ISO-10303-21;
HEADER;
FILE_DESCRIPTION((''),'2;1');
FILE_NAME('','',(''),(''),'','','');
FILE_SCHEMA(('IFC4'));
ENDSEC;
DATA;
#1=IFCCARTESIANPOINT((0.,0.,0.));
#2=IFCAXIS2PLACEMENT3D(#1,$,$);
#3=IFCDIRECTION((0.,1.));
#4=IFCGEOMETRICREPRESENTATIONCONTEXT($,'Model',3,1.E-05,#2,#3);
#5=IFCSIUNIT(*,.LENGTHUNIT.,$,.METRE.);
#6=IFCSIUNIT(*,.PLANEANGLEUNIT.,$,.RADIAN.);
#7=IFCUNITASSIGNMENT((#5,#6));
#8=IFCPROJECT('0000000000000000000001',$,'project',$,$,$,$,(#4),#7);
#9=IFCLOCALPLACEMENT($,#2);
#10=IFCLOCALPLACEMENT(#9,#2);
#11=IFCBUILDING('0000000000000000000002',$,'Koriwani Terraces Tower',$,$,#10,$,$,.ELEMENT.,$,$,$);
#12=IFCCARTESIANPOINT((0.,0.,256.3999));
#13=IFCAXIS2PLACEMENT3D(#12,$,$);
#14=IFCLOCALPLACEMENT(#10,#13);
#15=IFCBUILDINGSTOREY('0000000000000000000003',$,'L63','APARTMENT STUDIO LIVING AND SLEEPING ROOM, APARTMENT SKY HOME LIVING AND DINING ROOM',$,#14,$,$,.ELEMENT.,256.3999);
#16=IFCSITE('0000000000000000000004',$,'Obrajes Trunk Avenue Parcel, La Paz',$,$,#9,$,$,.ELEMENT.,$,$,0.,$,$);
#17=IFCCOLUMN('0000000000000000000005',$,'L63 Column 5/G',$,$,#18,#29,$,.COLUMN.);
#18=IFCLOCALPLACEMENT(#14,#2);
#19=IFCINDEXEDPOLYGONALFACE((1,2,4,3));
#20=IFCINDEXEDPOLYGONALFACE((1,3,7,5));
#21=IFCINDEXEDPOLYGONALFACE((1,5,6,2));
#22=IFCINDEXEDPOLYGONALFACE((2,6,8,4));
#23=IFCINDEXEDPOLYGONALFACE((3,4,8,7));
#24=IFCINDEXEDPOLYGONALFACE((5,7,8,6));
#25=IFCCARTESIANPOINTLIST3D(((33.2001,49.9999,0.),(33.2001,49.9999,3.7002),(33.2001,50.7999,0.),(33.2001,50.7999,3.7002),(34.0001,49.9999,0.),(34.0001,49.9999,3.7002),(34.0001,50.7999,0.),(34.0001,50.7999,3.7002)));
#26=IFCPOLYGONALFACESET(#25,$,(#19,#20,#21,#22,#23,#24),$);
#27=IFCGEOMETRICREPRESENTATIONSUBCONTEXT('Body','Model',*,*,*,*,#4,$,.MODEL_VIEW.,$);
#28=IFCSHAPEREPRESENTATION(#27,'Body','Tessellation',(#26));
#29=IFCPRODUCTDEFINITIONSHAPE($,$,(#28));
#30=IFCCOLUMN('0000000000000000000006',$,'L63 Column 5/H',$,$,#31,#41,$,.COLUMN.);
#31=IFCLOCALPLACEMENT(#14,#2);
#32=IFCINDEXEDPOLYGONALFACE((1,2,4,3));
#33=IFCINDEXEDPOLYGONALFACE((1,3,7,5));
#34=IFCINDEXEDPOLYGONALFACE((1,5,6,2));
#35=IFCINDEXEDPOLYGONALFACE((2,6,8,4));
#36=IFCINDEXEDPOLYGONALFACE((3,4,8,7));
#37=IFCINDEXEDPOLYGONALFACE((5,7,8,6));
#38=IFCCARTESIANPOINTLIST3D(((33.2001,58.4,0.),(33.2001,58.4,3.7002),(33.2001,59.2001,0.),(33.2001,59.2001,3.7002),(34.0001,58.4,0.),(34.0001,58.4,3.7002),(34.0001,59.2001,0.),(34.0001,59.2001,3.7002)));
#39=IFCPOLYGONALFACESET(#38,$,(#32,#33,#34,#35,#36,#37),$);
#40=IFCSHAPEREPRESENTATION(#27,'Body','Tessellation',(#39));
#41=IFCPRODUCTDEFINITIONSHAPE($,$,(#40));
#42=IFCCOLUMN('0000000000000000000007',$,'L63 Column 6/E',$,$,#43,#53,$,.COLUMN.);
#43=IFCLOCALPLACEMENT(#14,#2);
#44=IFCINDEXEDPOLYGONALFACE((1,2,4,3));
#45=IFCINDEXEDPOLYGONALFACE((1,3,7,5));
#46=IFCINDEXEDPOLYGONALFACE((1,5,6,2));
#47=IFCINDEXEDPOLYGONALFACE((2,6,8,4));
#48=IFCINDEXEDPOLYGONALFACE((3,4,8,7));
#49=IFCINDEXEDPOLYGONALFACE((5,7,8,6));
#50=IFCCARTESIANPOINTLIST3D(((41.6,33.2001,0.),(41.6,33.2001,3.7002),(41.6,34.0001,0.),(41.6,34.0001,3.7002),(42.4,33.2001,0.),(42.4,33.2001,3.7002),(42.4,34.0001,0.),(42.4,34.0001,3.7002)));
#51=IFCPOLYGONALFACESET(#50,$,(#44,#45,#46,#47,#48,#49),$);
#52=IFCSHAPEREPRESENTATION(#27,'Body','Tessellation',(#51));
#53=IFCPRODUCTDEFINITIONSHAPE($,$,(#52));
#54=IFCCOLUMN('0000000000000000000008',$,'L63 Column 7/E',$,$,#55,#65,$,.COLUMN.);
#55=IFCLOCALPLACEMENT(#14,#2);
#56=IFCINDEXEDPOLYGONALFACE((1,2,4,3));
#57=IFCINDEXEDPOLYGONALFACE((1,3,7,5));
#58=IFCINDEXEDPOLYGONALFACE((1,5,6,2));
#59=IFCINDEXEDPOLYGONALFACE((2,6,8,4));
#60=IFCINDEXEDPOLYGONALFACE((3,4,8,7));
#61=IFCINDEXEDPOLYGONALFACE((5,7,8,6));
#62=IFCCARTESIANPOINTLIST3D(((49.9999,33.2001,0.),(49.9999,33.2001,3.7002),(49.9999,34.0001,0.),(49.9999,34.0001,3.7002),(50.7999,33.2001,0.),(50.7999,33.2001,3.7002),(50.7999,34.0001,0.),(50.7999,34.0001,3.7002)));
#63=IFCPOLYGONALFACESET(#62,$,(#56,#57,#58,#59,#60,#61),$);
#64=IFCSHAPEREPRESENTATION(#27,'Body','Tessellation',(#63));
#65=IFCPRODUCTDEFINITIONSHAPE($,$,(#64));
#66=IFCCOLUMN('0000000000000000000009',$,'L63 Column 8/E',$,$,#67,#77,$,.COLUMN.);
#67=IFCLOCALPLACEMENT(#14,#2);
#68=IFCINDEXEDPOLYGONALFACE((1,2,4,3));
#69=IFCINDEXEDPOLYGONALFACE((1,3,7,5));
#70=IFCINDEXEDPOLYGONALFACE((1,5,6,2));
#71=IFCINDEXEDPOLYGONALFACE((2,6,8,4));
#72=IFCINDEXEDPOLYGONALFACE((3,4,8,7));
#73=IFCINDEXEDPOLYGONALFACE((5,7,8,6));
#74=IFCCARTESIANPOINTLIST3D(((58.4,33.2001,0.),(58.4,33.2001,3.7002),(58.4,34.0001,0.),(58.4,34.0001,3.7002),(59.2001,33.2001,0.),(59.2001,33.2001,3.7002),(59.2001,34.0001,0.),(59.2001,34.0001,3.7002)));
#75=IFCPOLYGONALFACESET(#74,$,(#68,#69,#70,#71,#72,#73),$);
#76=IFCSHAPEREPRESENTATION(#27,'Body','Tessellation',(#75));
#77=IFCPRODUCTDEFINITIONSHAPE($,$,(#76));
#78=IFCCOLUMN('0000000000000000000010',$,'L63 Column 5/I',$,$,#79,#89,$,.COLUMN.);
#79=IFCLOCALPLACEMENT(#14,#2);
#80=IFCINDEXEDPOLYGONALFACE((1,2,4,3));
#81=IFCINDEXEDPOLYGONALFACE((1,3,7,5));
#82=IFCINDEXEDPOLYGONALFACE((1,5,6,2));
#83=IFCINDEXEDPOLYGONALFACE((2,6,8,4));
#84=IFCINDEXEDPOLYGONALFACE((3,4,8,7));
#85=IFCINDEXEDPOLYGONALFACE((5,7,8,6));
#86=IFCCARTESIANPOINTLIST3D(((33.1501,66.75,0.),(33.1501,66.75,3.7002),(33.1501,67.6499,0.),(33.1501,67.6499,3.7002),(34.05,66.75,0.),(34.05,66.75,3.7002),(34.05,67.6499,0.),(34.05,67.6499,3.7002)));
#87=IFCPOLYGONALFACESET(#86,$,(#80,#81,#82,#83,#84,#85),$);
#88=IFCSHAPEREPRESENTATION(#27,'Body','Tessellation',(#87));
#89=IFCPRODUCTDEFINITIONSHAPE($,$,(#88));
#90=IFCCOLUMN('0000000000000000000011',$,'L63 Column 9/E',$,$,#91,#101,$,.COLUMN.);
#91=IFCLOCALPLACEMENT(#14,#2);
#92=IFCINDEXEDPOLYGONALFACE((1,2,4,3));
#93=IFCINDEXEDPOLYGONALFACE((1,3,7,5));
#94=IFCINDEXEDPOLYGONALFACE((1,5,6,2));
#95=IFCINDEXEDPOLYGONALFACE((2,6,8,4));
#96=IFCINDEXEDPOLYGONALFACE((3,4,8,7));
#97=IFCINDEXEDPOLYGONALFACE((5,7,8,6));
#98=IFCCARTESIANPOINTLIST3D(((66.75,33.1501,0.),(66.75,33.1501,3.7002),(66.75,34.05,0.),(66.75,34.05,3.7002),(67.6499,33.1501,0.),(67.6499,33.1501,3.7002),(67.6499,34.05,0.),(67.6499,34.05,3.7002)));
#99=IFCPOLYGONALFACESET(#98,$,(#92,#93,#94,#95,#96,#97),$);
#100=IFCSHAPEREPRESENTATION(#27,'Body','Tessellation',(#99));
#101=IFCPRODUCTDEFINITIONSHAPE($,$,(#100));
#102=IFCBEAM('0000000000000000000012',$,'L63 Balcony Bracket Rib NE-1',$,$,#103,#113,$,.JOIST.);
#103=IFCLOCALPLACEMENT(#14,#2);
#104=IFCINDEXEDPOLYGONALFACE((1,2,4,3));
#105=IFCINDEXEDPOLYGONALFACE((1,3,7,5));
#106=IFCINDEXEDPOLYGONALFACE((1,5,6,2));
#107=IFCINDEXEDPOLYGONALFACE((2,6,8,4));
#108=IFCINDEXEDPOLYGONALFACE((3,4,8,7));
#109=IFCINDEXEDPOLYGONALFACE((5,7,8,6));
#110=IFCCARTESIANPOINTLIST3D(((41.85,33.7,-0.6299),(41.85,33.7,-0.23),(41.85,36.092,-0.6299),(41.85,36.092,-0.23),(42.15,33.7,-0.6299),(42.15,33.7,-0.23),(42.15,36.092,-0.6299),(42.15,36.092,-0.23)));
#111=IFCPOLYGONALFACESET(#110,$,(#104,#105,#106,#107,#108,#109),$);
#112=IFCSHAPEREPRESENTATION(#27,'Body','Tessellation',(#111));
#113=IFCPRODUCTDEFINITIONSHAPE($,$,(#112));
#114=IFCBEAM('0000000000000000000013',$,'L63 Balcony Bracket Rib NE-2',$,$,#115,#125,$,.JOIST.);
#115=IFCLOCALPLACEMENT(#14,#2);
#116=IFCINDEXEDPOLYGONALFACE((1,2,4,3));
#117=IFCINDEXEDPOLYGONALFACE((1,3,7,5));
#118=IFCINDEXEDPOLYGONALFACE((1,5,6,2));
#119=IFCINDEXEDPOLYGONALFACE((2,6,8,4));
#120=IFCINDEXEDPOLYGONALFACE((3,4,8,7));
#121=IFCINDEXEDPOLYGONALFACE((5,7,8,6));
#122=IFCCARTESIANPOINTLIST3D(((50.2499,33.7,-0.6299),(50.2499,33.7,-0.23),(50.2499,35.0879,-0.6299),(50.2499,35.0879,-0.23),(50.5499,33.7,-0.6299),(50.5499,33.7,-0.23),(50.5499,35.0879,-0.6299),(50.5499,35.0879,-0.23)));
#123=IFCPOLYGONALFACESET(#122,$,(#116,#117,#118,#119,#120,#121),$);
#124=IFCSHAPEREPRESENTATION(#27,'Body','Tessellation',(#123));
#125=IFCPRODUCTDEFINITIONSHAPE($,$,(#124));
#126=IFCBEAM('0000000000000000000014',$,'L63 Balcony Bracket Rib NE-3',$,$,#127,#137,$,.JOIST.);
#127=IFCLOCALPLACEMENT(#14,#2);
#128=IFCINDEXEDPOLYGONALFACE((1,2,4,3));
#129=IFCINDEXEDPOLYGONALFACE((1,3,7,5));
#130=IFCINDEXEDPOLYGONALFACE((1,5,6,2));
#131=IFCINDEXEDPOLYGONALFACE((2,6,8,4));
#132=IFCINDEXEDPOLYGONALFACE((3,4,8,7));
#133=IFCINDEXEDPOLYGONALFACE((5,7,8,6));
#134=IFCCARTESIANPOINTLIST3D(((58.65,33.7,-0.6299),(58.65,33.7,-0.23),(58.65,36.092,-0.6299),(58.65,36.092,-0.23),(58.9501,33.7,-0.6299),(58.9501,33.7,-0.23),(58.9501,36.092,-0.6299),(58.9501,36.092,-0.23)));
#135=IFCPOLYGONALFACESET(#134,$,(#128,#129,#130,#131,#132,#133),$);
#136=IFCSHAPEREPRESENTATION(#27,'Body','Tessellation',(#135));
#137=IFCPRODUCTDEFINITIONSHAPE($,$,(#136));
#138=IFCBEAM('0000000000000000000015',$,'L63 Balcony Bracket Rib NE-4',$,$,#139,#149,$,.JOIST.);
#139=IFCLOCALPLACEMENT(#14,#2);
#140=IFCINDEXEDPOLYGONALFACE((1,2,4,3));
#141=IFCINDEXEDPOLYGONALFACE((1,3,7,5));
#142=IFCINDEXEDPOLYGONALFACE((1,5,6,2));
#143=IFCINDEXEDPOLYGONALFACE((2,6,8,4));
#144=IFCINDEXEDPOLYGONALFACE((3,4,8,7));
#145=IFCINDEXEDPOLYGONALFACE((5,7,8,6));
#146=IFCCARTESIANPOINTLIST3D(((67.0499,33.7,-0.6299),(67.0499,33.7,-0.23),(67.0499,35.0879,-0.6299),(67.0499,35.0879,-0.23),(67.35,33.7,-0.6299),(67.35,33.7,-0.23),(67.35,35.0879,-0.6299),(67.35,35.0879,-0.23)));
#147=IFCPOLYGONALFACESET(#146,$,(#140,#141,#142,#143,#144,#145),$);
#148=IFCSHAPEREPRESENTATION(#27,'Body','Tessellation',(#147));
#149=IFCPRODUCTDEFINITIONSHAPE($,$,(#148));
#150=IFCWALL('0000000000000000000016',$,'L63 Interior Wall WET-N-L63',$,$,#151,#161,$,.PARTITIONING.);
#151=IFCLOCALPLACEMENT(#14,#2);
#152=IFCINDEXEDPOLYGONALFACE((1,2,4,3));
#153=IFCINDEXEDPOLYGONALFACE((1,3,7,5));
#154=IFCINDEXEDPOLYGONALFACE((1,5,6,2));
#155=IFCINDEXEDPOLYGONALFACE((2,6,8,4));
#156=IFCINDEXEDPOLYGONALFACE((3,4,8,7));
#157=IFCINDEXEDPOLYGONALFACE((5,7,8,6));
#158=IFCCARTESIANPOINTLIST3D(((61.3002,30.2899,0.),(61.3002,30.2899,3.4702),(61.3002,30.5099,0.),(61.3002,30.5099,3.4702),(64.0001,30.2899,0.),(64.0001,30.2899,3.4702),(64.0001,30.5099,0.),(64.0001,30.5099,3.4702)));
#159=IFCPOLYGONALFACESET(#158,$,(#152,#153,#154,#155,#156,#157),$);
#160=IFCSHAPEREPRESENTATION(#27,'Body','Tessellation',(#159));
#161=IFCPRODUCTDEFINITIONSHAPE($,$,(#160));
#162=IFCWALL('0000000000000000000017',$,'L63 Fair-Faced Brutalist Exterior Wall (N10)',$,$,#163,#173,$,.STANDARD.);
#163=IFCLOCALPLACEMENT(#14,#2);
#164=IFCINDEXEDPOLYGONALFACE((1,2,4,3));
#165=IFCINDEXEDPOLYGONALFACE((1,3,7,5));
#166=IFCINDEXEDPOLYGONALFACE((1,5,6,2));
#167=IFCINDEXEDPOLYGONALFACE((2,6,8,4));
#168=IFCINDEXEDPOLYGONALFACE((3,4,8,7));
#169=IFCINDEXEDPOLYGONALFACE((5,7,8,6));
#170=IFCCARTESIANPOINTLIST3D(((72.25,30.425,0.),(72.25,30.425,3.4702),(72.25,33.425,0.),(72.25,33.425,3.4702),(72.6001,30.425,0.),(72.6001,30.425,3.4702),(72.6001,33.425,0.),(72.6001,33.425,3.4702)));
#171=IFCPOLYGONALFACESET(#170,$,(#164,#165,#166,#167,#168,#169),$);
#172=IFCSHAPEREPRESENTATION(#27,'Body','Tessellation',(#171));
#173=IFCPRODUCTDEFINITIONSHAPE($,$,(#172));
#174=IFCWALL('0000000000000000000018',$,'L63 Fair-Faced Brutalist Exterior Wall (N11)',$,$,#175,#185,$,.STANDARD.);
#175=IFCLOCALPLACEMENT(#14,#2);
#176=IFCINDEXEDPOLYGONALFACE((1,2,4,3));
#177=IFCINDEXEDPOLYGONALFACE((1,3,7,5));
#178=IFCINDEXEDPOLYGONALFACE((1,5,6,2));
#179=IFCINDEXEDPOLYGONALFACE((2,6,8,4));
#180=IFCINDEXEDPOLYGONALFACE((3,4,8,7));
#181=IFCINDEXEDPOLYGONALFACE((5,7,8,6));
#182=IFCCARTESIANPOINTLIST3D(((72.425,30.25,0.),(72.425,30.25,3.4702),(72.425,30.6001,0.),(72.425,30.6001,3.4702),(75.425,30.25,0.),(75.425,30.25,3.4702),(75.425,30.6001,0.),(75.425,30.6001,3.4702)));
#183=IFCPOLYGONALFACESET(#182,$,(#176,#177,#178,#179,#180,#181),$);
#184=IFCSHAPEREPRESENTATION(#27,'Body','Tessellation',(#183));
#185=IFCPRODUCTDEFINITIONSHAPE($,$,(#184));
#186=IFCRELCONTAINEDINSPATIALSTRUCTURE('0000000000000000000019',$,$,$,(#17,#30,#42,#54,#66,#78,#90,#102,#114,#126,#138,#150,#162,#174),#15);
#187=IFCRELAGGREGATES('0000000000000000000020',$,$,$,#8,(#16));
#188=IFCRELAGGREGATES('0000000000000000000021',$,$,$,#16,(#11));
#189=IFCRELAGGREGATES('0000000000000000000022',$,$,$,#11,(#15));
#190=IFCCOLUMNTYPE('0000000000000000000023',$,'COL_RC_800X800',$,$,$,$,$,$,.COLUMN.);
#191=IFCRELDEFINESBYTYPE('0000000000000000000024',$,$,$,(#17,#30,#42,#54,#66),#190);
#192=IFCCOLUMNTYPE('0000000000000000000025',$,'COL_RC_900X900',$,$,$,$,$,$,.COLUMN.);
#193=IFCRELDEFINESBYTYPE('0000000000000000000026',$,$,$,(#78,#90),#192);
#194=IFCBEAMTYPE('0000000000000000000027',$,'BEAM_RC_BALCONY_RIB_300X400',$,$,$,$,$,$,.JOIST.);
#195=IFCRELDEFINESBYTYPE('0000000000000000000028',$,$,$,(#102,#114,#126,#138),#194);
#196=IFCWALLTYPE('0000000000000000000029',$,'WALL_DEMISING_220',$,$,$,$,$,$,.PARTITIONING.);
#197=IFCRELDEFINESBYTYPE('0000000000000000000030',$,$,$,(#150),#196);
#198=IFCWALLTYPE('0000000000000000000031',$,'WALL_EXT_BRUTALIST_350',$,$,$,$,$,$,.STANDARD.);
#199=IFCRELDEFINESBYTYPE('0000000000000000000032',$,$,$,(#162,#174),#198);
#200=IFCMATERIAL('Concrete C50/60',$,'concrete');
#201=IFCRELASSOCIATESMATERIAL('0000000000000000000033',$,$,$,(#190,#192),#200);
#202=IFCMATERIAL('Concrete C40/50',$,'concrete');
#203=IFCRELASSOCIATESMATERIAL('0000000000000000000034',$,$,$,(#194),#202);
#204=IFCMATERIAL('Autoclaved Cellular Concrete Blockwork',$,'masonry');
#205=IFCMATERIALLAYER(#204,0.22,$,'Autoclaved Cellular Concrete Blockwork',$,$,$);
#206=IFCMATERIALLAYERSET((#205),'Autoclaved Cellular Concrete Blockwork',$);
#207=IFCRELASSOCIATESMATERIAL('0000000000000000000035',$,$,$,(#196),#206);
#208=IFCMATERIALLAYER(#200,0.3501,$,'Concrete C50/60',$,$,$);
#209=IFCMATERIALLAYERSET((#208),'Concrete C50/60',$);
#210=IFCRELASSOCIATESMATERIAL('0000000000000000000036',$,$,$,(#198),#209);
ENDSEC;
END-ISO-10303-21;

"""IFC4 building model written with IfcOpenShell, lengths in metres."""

from ifc_helpers import new_model, si_unit, direction, frame, frame_2d, origin, origin_2d, place, context, subcontext, project, spatial, rectangle, extrude, material, layer, layer_set, material_profile, profile_set, type_object, element, save


model = new_model("IFC4")

# Units and contexts
model_context = context("Model", 3, precision=1e-05, world=origin(), true_north=direction((0.0, 1.0)))
body_context = subcontext(model_context, "Body", "Model", "MODEL_VIEW")
ifc_project = project(units=[si_unit("LENGTHUNIT", "METRE"), si_unit("PLANEANGLEUNIT", "RADIAN")], contexts=[model_context])

# Site, building, storey
site_placement = place(None, origin())
site = spatial("IfcSite", under=ifc_project, at=site_placement, Name="Obrajes Trunk Avenue Parcel, La Paz", CompositionType="ELEMENT", RefElevation=0.0)
building_placement = place(site_placement, origin())
building = spatial("IfcBuilding", under=site, at=building_placement, Name="Koriwani Terraces Tower", CompositionType="ELEMENT")
storey_placement = place(building_placement, frame((0.0, 0.0, 256.3999)))
storey = spatial("IfcBuildingStorey", under=building, at=storey_placement, Name="L63", Description="APARTMENT STUDIO LIVING AND SLEEPING ROOM, APARTMENT SKY HOME LIVING AND DINING ROOM", CompositionType="ELEMENT", Elevation=256.3999)

# Columns
ifc_material_1 = material(Name="Concrete C50/60", Category="concrete")
ifc_material_profile_1 = material_profile(ifc_material_1, rectangle(XDim=0.8, YDim=0.8, at=origin_2d()), Name="Concrete C50/60", Category="LoadBearing")
ifc_profile_set_1 = profile_set([ifc_material_profile_1], Name="Concrete C50/60")
column_type_1 = type_object("IfcColumnType", Name="COL_RC_800X800", PredefinedType="COLUMN", material=ifc_profile_set_1)
for number, where, z_axis, x_axis, name in (
    (1, (33.6001, 50.3999, 0.0), (0.0, 0.0, 1.0), (1.0, 0.0, 0.0), "L63 Column 5/G"),
    (2, (33.6001, 58.8, 0.0), (0.0, 0.0, 1.0), (1.0, 0.0, 0.0), "L63 Column 5/H"),
    (3, (42.0, 33.6001, 0.0), (0.0, 0.0, 1.0), (1.0, 0.0, 0.0), "L63 Column 6/E"),
    (4, (50.3999, 33.6001, 0.0), (0.0, 0.0, 1.0), (1.0, 0.0, 0.0), "L63 Column 7/E"),
    (5, (58.8, 33.6001, 0.0), (0.0, 0.0, 1.0), (1.0, 0.0, 0.0), "L63 Column 8/E"),
):
    element("IfcColumn", number, at=place(storey_placement, frame(where, z_axis=z_axis, x_axis=x_axis)), inside=storey, type_object=column_type_1, Name=name, PredefinedType="COLUMN", context=body_context, shape_type="SweptSolid", body=[
        extrude(rectangle(XDim=0.8, YDim=0.8, at=origin_2d()), origin(), (0.0, 0.0, 1.0), 3.7002),
    ])
ifc_material_profile_2 = material_profile(ifc_material_1, rectangle(XDim=0.8999, YDim=0.8999, at=origin_2d()), Name="Concrete C50/60", Category="LoadBearing")
ifc_profile_set_2 = profile_set([ifc_material_profile_2], Name="Concrete C50/60")
column_type_2 = type_object("IfcColumnType", Name="COL_RC_900X900", PredefinedType="COLUMN", material=ifc_profile_set_2)
for number, where, z_axis, x_axis, name in (
    (6, (33.6001, 67.2, 0.0), (0.0, 0.0, 1.0), (1.0, 0.0, 0.0), "L63 Column 5/I"),
    (7, (67.2, 33.6001, 0.0), (0.0, 0.0, 1.0), (1.0, 0.0, 0.0), "L63 Column 9/E"),
):
    element("IfcColumn", number, at=place(storey_placement, frame(where, z_axis=z_axis, x_axis=x_axis)), inside=storey, type_object=column_type_2, Name=name, PredefinedType="COLUMN", context=body_context, shape_type="SweptSolid", body=[
        extrude(rectangle(XDim=0.8999, YDim=0.8999, at=origin_2d()), origin(), (0.0, 0.0, 1.0), 3.7002),
    ])

# Beams
ifc_material_2 = material(Name="Concrete C40/50", Category="concrete")
ifc_material_profile_3 = material_profile(ifc_material_2, rectangle(XDim=0.3, YDim=0.3999, at=origin_2d()), Name="Concrete C40/50", Category="LoadBearing")
ifc_profile_set_3 = profile_set([ifc_material_profile_3], Name="Concrete C40/50")
beam_type = type_object("IfcBeamType", Name="BEAM_RC_BALCONY_RIB_300X400", PredefinedType="JOIST", material=ifc_profile_set_3)
beam_1_placement = place(storey_placement, frame((42.0, 33.7, -0.4299), z_axis=(0.0, 1.0, 0.0), x_axis=(-1.0, 0.0, 0.0)))
element("IfcBeam", 8, at=beam_1_placement, inside=storey, type_object=beam_type, Name="L63 Balcony Bracket Rib NE-1", PredefinedType="JOIST", context=body_context, shape_type="SweptSolid", body=[
    extrude(rectangle(XDim=0.3, YDim=0.3999, at=origin_2d()), origin(), (0.0, 0.0, 1.0), 2.3921),
])
beam_2_placement = place(storey_placement, frame((50.3999, 33.7, -0.4299), z_axis=(0.0, 1.0, 0.0), x_axis=(-1.0, 0.0, 0.0)))
element("IfcBeam", 9, at=beam_2_placement, inside=storey, type_object=beam_type, Name="L63 Balcony Bracket Rib NE-2", PredefinedType="JOIST", context=body_context, shape_type="SweptSolid", body=[
    extrude(rectangle(XDim=0.3, YDim=0.3999, at=origin_2d()), origin(), (0.0, 0.0, 1.0), 1.3879),
])
beam_3_placement = place(storey_placement, frame((58.8, 33.7, -0.4299), z_axis=(0.0, 1.0, 0.0), x_axis=(-1.0, 0.0, 0.0)))
element("IfcBeam", 10, at=beam_3_placement, inside=storey, type_object=beam_type, Name="L63 Balcony Bracket Rib NE-3", PredefinedType="JOIST", context=body_context, shape_type="SweptSolid", body=[
    extrude(rectangle(XDim=0.3, YDim=0.3999, at=origin_2d()), origin(), (0.0, 0.0, 1.0), 2.3921),
])
beam_4_placement = place(storey_placement, frame((67.2, 33.7, -0.4299), z_axis=(0.0, 1.0, 0.0), x_axis=(-1.0, 0.0, 0.0)))
element("IfcBeam", 11, at=beam_4_placement, inside=storey, type_object=beam_type, Name="L63 Balcony Bracket Rib NE-4", PredefinedType="JOIST", context=body_context, shape_type="SweptSolid", body=[
    extrude(rectangle(XDim=0.3, YDim=0.3999, at=origin_2d()), origin(), (0.0, 0.0, 1.0), 1.3879),
])

# Walls
ifc_material_3 = material(Name="Autoclaved Cellular Concrete Blockwork", Category="masonry")
ifc_layer_1 = layer(ifc_material_3, 0.22, Name="Autoclaved Cellular Concrete Blockwork")
ifc_layer_set_1 = layer_set([ifc_layer_1], Name="Autoclaved Cellular Concrete Blockwork")
wall_type_1 = type_object("IfcWallType", Name="WALL_DEMISING_220", PredefinedType="PARTITIONING", material=ifc_layer_set_1)
wall_1_placement = place(storey_placement, frame((61.3, 30.3999, 0.0), z_axis=(0.0, 0.0, 1.0), x_axis=(1.0, 0.0, 0.0)))
element("IfcWall", 12, at=wall_1_placement, inside=storey, type_object=wall_type_1, Name="L63 Interior Wall WET-N-L63", PredefinedType="PARTITIONING", context=body_context, shape_type="SweptSolid", body=[
    extrude(rectangle(XDim=2.7, YDim=0.22, at=frame_2d((1.3501, 0.0))), origin(), (0.0, 0.0, 1.0), 3.4702),
])
ifc_layer_2 = layer(ifc_material_1, 0.3501, Name="Concrete C50/60")
ifc_layer_set_2 = layer_set([ifc_layer_2], Name="Concrete C50/60")
wall_type_2 = type_object("IfcWallType", Name="WALL_EXT_BRUTALIST_350", PredefinedType="STANDARD", material=ifc_layer_set_2)
for number, where, z_axis, x_axis, name in (
    (13, (72.425, 33.425, 0.0), (0.0, 0.0, 1.0), (0.0, -1.0, 0.0), "L63 Fair-Faced Brutalist Exterior Wall (N10)"),
    (14, (72.425, 30.425, 0.0), (0.0, 0.0, 1.0), (1.0, 0.0, 0.0), "L63 Fair-Faced Brutalist Exterior Wall (N11)"),
):
    element("IfcWall", number, at=place(storey_placement, frame(where, z_axis=z_axis, x_axis=x_axis)), inside=storey, type_object=wall_type_2, Name=name, PredefinedType="STANDARD", context=body_context, shape_type="SweptSolid", body=[
        extrude(rectangle(XDim=3.0, YDim=0.3501, at=frame_2d((1.5, 0.0))), origin(), (0.0, 0.0, 1.0), 3.4702),
    ])

save(model, "model.ifc")
